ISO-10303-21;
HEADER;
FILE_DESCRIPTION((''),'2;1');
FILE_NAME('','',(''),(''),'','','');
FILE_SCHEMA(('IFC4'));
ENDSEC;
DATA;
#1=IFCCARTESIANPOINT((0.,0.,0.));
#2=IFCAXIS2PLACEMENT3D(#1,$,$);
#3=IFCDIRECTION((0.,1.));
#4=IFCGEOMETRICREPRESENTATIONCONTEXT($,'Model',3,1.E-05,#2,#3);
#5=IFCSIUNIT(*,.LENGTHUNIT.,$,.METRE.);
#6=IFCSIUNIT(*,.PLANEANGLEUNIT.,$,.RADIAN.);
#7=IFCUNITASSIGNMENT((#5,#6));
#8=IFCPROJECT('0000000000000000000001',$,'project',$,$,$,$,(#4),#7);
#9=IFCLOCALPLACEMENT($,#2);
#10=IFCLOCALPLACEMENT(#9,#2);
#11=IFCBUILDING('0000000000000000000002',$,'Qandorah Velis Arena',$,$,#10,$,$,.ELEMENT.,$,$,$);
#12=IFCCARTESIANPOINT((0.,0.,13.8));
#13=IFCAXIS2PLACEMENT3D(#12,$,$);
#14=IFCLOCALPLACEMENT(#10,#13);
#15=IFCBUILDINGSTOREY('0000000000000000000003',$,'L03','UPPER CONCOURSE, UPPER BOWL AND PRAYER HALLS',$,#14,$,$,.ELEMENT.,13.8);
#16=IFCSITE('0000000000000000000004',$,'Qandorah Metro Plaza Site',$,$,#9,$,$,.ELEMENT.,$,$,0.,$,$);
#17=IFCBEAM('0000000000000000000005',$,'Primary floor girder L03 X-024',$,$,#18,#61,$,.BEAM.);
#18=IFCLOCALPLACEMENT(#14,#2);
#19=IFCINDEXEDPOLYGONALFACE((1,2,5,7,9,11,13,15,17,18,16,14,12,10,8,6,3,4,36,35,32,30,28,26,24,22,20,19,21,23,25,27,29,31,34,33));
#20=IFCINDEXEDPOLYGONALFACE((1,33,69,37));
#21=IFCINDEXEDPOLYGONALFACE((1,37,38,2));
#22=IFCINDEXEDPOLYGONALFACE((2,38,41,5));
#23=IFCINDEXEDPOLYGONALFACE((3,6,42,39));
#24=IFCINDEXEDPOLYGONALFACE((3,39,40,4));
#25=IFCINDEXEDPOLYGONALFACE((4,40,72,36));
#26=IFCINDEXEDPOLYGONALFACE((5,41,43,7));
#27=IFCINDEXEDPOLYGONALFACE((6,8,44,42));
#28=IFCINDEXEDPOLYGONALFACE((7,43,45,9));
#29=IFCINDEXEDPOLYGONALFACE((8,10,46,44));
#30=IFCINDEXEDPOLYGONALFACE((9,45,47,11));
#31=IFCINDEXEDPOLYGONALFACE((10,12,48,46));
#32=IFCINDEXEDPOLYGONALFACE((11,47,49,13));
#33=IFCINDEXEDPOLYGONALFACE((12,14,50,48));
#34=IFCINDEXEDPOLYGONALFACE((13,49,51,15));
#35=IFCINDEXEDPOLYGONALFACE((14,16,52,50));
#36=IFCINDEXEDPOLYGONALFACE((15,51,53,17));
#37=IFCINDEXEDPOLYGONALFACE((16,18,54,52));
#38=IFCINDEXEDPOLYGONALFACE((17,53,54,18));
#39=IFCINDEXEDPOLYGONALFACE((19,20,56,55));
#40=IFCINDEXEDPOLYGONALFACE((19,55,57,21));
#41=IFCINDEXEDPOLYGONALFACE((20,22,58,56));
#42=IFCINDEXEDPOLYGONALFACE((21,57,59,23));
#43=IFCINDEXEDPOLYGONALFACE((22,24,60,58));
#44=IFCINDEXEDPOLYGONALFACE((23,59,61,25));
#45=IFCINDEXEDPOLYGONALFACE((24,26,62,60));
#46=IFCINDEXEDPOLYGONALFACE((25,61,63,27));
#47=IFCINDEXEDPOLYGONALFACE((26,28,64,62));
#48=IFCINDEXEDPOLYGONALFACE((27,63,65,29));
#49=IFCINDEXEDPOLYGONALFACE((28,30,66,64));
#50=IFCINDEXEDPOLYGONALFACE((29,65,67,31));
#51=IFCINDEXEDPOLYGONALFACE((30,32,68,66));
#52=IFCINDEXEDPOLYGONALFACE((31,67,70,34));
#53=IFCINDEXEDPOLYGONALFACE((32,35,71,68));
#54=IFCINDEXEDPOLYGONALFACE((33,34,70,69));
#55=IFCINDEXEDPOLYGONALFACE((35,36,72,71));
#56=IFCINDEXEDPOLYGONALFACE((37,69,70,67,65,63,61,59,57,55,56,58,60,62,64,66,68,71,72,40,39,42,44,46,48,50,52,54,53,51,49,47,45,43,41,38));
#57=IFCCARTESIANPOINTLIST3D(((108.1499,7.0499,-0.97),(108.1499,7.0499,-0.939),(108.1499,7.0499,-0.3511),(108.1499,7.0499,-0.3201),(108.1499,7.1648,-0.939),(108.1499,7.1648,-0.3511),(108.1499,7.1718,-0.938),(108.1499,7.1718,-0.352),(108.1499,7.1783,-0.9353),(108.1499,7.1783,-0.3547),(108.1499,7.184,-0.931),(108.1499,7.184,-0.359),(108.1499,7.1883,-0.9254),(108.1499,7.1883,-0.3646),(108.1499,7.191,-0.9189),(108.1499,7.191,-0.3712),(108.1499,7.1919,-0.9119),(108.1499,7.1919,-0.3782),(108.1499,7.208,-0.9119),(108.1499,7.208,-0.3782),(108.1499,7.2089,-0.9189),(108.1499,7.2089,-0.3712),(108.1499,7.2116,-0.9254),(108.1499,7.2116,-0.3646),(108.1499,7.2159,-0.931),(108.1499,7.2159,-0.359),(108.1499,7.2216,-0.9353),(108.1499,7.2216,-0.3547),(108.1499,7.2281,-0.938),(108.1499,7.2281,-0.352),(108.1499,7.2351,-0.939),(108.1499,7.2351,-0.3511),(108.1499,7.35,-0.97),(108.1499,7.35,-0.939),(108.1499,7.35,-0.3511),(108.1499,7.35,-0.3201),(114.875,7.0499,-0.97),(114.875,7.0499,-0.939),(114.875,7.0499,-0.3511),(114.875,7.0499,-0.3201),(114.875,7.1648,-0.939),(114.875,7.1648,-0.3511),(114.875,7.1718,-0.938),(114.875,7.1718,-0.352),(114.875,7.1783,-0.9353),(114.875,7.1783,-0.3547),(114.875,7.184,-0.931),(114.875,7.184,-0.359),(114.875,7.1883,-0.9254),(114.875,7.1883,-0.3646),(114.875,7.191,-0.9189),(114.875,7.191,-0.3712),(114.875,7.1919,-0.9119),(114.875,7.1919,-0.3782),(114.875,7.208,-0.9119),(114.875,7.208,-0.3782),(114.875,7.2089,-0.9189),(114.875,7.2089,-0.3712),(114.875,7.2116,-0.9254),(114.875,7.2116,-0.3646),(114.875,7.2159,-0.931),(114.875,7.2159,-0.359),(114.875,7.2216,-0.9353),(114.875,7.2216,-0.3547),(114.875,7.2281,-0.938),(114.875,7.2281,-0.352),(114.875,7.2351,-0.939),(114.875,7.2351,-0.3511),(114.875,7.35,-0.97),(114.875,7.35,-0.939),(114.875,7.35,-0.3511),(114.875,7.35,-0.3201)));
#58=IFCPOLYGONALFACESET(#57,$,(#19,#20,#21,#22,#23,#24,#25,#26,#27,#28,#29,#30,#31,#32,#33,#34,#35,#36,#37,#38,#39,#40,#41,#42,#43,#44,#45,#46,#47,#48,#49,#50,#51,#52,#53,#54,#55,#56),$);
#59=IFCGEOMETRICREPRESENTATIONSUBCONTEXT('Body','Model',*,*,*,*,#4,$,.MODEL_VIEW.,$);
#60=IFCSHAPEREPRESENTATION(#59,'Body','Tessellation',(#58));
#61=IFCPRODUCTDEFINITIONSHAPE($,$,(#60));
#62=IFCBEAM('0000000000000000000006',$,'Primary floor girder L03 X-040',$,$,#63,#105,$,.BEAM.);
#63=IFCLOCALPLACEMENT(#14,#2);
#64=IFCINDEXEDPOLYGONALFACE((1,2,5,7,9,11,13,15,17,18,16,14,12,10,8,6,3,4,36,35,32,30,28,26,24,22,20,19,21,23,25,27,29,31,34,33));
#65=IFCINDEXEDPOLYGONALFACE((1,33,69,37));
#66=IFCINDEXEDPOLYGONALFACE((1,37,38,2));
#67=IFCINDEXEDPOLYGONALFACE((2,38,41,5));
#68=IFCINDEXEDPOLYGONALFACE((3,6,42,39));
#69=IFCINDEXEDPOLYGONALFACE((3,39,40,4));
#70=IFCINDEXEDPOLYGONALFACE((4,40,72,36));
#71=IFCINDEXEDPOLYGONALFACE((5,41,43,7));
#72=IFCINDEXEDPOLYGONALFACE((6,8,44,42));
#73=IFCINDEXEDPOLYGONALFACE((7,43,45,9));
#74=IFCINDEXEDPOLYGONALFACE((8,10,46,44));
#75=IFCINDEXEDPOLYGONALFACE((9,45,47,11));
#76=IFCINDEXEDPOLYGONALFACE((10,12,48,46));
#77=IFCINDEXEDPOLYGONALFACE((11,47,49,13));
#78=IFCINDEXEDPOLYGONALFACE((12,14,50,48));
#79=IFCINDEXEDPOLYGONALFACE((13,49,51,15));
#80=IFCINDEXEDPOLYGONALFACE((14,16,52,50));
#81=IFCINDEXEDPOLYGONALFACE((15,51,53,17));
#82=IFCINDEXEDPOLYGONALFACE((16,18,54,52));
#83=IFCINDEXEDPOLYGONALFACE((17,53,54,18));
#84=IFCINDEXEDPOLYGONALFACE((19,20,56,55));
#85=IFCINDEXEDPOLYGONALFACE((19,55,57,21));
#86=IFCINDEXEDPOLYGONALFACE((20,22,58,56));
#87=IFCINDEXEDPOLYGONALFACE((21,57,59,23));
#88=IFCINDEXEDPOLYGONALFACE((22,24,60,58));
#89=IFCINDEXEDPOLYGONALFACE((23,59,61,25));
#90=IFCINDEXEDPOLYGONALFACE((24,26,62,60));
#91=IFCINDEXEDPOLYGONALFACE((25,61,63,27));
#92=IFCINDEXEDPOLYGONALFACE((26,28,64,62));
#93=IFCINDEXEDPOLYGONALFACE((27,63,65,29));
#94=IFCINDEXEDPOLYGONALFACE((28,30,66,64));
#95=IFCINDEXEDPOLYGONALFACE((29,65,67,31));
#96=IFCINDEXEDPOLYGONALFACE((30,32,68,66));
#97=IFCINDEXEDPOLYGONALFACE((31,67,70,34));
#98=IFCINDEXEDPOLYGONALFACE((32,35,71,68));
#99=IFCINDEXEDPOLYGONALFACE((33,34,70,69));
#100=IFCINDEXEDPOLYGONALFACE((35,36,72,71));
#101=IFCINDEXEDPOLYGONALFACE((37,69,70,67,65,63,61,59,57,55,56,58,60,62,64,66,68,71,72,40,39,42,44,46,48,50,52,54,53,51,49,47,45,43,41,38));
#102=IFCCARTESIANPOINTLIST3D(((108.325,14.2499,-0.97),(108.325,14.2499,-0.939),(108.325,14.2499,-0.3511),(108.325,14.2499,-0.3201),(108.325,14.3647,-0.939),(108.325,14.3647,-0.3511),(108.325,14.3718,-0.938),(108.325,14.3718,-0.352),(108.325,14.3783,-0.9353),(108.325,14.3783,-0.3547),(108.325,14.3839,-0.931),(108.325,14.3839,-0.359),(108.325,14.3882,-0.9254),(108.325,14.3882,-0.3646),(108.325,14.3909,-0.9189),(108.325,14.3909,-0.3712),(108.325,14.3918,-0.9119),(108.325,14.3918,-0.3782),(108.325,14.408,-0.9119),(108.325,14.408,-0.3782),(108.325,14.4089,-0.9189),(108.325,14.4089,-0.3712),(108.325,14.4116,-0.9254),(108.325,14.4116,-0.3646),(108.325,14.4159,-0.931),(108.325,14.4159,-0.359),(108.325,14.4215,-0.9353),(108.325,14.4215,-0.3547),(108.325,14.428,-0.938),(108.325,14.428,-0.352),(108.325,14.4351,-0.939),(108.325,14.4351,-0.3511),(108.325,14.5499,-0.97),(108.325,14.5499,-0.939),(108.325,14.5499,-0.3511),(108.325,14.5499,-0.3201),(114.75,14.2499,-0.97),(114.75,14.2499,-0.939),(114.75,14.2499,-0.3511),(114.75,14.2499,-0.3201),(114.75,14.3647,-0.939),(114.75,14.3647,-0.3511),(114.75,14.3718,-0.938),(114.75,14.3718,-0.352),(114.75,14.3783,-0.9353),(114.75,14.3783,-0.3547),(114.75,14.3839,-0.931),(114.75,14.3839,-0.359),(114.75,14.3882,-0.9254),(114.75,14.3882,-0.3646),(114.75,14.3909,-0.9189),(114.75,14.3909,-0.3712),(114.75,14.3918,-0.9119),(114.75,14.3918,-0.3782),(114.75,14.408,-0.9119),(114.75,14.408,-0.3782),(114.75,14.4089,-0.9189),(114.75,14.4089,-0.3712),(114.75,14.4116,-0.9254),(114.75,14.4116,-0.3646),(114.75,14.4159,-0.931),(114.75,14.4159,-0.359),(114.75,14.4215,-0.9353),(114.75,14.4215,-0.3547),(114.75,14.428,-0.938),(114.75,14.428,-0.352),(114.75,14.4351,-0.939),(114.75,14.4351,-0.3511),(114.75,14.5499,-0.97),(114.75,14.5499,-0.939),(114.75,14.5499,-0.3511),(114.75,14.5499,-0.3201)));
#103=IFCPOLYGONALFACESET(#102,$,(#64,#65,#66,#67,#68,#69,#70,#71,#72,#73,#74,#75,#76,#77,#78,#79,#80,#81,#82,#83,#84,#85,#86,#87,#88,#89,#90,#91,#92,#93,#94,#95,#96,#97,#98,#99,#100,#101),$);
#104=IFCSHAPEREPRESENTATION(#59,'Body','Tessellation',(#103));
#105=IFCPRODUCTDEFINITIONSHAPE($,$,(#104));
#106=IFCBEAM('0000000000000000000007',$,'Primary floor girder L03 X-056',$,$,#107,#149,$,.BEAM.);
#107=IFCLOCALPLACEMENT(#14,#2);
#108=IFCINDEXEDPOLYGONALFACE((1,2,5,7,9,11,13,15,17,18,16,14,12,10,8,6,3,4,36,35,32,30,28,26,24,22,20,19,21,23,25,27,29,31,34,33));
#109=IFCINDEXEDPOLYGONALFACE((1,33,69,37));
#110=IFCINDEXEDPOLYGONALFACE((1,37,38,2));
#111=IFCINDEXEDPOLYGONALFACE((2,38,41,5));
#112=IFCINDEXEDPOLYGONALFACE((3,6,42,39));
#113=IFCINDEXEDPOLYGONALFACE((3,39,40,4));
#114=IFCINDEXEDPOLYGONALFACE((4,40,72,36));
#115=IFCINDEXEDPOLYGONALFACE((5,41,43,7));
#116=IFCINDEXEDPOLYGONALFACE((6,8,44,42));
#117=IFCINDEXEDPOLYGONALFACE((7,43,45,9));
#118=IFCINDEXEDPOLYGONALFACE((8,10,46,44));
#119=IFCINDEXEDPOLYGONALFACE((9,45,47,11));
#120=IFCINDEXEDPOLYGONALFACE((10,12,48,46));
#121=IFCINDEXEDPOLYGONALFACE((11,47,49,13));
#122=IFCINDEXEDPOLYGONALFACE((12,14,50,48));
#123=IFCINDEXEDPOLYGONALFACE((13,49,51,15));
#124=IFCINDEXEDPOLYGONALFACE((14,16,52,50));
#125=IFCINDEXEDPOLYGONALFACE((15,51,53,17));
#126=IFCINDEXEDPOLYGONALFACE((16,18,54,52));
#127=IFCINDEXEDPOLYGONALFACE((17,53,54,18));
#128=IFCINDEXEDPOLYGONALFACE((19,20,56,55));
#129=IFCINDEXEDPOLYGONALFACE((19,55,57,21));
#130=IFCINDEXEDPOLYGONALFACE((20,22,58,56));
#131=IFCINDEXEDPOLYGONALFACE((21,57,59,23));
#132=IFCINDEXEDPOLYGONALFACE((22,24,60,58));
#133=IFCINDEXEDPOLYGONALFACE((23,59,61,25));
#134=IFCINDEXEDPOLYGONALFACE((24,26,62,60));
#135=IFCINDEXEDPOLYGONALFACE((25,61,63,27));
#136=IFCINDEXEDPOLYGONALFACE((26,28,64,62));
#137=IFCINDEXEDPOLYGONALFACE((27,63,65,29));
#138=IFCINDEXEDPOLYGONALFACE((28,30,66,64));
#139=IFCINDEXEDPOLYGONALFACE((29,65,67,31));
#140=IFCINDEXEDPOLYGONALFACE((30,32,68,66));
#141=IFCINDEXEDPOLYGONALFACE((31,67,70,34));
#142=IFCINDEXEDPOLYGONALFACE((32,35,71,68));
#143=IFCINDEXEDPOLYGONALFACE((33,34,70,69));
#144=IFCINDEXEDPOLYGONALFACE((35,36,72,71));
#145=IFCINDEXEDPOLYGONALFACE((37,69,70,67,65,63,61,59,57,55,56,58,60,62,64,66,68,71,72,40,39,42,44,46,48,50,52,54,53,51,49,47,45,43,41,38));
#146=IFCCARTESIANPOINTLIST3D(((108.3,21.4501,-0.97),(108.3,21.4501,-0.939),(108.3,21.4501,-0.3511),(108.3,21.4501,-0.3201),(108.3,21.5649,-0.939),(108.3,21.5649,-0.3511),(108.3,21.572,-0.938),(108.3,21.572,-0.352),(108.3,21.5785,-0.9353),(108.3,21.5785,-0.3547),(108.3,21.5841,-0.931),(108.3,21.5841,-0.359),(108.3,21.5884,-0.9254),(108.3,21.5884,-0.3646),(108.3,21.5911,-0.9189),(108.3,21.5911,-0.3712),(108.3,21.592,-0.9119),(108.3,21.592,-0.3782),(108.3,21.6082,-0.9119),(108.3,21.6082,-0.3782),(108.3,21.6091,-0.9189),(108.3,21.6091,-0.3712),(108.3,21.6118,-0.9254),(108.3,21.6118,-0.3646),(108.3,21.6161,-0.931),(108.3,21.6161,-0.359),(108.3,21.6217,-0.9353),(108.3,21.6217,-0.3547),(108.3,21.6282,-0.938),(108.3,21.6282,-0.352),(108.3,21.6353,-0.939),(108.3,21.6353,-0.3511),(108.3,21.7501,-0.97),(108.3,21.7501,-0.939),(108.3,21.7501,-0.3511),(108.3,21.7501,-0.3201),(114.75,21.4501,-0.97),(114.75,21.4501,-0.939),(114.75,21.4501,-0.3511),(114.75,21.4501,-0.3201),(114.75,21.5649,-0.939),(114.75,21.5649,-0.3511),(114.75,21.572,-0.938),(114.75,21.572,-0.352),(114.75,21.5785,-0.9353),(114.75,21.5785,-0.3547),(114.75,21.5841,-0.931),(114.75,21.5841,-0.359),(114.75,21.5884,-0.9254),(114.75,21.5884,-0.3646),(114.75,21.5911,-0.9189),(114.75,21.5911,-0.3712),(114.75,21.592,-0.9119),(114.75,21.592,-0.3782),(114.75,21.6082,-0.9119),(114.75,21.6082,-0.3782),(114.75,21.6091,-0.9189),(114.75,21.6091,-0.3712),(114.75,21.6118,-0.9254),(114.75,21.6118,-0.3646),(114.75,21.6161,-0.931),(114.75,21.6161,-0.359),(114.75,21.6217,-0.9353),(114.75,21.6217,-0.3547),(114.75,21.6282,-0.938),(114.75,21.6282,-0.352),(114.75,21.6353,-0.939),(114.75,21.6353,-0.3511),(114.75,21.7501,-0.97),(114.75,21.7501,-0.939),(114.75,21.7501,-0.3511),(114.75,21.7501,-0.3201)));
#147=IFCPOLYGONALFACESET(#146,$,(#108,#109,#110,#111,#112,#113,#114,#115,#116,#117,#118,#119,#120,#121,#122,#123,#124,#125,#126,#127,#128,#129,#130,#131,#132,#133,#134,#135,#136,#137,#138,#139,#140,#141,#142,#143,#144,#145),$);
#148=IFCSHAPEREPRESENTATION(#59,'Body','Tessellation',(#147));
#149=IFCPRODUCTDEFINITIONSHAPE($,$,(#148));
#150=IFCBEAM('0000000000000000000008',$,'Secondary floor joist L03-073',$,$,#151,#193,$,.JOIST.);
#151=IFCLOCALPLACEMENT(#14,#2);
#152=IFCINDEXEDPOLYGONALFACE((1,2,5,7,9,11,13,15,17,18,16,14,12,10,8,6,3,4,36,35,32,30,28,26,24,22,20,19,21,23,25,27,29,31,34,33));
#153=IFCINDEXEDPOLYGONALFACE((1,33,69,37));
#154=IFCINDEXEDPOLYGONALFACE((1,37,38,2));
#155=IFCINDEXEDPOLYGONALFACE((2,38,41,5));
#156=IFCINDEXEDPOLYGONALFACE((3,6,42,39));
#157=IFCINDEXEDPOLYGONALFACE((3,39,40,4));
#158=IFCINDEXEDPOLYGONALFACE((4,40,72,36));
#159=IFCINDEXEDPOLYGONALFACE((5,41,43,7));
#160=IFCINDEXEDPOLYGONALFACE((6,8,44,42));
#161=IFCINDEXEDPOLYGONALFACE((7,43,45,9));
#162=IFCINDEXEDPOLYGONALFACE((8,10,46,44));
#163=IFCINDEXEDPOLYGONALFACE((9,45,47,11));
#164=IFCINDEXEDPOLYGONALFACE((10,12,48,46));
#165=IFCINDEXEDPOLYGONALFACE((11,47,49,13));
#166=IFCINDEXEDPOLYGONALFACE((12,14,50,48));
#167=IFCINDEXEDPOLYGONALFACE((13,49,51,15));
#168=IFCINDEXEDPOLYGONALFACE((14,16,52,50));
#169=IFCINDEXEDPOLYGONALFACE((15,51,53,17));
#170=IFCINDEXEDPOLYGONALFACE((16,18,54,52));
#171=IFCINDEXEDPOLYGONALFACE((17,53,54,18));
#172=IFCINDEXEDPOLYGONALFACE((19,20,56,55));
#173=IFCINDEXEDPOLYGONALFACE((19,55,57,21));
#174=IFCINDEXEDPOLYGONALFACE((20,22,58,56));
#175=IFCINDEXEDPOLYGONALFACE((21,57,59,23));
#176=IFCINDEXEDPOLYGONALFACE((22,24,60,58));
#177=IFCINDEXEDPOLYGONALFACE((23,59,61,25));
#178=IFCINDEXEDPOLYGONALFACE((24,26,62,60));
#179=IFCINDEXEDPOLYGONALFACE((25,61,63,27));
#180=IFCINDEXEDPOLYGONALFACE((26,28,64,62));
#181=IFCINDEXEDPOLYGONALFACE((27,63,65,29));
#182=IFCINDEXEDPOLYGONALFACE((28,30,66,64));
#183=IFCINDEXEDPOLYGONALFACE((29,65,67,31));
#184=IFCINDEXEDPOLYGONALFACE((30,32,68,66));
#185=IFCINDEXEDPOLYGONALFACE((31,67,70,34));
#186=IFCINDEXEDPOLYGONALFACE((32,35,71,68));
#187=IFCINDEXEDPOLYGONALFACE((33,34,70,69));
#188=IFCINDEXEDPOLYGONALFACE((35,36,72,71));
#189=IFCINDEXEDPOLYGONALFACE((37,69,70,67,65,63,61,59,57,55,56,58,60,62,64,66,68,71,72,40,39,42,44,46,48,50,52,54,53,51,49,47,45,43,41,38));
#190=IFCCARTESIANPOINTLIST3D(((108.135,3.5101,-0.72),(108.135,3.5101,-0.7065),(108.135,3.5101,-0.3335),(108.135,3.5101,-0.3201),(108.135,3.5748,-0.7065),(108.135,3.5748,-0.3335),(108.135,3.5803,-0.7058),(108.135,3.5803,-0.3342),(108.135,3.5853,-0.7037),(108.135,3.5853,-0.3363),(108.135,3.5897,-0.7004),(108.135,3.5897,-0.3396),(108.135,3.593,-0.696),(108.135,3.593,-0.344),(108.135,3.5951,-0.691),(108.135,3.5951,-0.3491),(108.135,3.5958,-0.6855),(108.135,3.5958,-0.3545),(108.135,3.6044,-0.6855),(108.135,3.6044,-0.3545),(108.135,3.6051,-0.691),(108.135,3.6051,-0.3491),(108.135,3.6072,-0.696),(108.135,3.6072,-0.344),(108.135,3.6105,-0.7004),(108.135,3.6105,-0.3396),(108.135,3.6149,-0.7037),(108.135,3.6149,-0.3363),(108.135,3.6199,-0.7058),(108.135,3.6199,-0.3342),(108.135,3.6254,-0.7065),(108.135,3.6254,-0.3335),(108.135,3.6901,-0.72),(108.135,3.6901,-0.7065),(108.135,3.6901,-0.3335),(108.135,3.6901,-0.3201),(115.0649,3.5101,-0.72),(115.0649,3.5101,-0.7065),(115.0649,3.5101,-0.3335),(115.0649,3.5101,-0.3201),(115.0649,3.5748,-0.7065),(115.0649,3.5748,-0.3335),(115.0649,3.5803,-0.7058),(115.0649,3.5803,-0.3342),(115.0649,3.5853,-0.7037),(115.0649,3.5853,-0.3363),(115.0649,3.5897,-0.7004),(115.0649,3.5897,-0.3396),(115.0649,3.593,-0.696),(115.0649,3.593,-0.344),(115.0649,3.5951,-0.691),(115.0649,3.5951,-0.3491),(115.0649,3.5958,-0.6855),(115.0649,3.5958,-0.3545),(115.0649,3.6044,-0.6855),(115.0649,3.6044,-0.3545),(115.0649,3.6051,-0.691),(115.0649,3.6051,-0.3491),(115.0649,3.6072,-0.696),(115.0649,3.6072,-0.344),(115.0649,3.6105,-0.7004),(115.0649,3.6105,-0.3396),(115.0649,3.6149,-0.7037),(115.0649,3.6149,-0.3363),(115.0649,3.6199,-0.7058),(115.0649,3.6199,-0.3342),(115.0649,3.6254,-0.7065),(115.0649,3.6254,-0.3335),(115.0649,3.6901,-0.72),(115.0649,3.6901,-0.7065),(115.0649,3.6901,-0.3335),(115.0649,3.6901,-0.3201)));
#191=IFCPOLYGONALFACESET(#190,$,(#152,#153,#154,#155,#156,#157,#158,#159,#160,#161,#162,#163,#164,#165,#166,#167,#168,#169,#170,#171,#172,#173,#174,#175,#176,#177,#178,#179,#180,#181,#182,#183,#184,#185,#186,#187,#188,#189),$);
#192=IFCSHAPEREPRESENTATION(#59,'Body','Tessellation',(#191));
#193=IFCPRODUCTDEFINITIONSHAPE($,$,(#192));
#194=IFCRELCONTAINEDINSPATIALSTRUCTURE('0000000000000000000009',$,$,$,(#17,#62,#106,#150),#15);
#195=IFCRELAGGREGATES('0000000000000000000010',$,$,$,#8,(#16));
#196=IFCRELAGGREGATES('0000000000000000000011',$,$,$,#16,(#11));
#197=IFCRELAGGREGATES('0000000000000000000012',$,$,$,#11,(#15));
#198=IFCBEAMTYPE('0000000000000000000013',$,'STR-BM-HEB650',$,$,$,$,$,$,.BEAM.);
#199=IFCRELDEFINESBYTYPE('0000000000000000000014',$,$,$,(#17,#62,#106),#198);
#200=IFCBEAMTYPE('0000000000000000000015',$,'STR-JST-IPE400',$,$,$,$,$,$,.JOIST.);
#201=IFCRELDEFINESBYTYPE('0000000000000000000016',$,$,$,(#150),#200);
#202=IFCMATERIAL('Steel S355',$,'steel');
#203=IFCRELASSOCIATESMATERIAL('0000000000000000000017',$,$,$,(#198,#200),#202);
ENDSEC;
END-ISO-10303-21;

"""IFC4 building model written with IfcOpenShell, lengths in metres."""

from ifc_helpers import new_model, si_unit, direction, frame, origin, origin_2d, place, context, subcontext, project, spatial, i_section, extrude, material, material_profile, profile_set, type_object, element, save


model = new_model("IFC4")

# Units and contexts
model_context = context("Model", 3, precision=1e-05, world=origin(), true_north=direction((0.0, 1.0)))
body_context = subcontext(model_context, "Body", "Model", "MODEL_VIEW")
ifc_project = project(units=[si_unit("LENGTHUNIT", "METRE"), si_unit("PLANEANGLEUNIT", "RADIAN")], contexts=[model_context])

# Site, building, storey
site_placement = place(None, origin())
site = spatial("IfcSite", under=ifc_project, at=site_placement, Name="Qandorah Metro Plaza Site", CompositionType="ELEMENT", RefElevation=0.0)
building_placement = place(site_placement, origin())
building = spatial("IfcBuilding", under=site, at=building_placement, Name="Qandorah Velis Arena", CompositionType="ELEMENT")
storey_placement = place(building_placement, frame((0.0, 0.0, 13.8)))
storey = spatial("IfcBuildingStorey", under=building, at=storey_placement, Name="L03", Description="UPPER CONCOURSE, UPPER BOWL AND PRAYER HALLS", CompositionType="ELEMENT", Elevation=13.8)

# Beams
ifc_material_1 = material(Name="Steel S355", Category="steel")
ifc_material_profile_1 = material_profile(ifc_material_1, i_section(OverallWidth=0.3, OverallDepth=0.6499, WebThickness=0.0161, FlangeThickness=0.031, FilletRadius=0.0271, at=origin_2d()), Name="HEB 650")
ifc_profile_set_1 = profile_set([ifc_material_profile_1], Name="Steel S355")
beam_type_1 = type_object("IfcBeamType", Name="STR-BM-HEB650", PredefinedType="BEAM", material=ifc_profile_set_1)
beam_1_placement = place(storey_placement, frame((108.1499, 7.2, -0.645), z_axis=(1.0, 0.0, 0.0), x_axis=(0.0, 1.0, 0.0)))
element("IfcBeam", 1, at=beam_1_placement, inside=storey, type_object=beam_type_1, Name="Primary floor girder L03 X-024", PredefinedType="BEAM", context=body_context, shape_type="SweptSolid", body=[
    extrude(i_section(OverallWidth=0.3, OverallDepth=0.6499, WebThickness=0.0161, FlangeThickness=0.031, FilletRadius=0.0271, at=origin_2d()), origin(), (0.0, 0.0, 1.0), 6.7251),
])
beam_2_placement = place(storey_placement, frame((108.325, 14.3999, -0.645), z_axis=(1.0, 0.0, 0.0), x_axis=(0.0, 1.0, 0.0)))
element("IfcBeam", 2, at=beam_2_placement, inside=storey, type_object=beam_type_1, Name="Primary floor girder L03 X-040", PredefinedType="BEAM", context=body_context, shape_type="SweptSolid", body=[
    extrude(i_section(OverallWidth=0.3, OverallDepth=0.6499, WebThickness=0.0161, FlangeThickness=0.031, FilletRadius=0.0271, at=origin_2d()), origin(), (0.0, 0.0, 1.0), 6.425),
])
beam_3_placement = place(storey_placement, frame((108.3, 21.6001, -0.645), z_axis=(1.0, 0.0, 0.0), x_axis=(0.0, 1.0, 0.0)))
element("IfcBeam", 3, at=beam_3_placement, inside=storey, type_object=beam_type_1, Name="Primary floor girder L03 X-056", PredefinedType="BEAM", context=body_context, shape_type="SweptSolid", body=[
    extrude(i_section(OverallWidth=0.3, OverallDepth=0.6499, WebThickness=0.0161, FlangeThickness=0.031, FilletRadius=0.0271, at=origin_2d()), origin(), (0.0, 0.0, 1.0), 6.45),
])
ifc_material_profile_2 = material_profile(ifc_material_1, i_section(OverallWidth=0.1799, OverallDepth=0.3999, WebThickness=0.0085, FlangeThickness=0.0134, FilletRadius=0.021, at=origin_2d()), Name="IPE 400")
ifc_profile_set_2 = profile_set([ifc_material_profile_2], Name="Steel S355")
beam_type_2 = type_object("IfcBeamType", Name="STR-JST-IPE400", PredefinedType="JOIST", material=ifc_profile_set_2)
for number, where, z_axis, x_axis, name in (
    (4, (108.135, 3.6001, -0.52), (1.0, 0.0, 0.0), (0.0, 1.0, 0.0), "Secondary floor joist L03-073"),
):
    element("IfcBeam", number, at=place(storey_placement, frame(where, z_axis=z_axis, x_axis=x_axis)), inside=storey, type_object=beam_type_2, Name=name, PredefinedType="JOIST", context=body_context, shape_type="SweptSolid", body=[
        extrude(i_section(OverallWidth=0.1799, OverallDepth=0.3999, WebThickness=0.0085, FlangeThickness=0.0134, FilletRadius=0.021, at=origin_2d()), origin(), (0.0, 0.0, 1.0), 6.9299),
    ])

save(model, "model.ifc")
